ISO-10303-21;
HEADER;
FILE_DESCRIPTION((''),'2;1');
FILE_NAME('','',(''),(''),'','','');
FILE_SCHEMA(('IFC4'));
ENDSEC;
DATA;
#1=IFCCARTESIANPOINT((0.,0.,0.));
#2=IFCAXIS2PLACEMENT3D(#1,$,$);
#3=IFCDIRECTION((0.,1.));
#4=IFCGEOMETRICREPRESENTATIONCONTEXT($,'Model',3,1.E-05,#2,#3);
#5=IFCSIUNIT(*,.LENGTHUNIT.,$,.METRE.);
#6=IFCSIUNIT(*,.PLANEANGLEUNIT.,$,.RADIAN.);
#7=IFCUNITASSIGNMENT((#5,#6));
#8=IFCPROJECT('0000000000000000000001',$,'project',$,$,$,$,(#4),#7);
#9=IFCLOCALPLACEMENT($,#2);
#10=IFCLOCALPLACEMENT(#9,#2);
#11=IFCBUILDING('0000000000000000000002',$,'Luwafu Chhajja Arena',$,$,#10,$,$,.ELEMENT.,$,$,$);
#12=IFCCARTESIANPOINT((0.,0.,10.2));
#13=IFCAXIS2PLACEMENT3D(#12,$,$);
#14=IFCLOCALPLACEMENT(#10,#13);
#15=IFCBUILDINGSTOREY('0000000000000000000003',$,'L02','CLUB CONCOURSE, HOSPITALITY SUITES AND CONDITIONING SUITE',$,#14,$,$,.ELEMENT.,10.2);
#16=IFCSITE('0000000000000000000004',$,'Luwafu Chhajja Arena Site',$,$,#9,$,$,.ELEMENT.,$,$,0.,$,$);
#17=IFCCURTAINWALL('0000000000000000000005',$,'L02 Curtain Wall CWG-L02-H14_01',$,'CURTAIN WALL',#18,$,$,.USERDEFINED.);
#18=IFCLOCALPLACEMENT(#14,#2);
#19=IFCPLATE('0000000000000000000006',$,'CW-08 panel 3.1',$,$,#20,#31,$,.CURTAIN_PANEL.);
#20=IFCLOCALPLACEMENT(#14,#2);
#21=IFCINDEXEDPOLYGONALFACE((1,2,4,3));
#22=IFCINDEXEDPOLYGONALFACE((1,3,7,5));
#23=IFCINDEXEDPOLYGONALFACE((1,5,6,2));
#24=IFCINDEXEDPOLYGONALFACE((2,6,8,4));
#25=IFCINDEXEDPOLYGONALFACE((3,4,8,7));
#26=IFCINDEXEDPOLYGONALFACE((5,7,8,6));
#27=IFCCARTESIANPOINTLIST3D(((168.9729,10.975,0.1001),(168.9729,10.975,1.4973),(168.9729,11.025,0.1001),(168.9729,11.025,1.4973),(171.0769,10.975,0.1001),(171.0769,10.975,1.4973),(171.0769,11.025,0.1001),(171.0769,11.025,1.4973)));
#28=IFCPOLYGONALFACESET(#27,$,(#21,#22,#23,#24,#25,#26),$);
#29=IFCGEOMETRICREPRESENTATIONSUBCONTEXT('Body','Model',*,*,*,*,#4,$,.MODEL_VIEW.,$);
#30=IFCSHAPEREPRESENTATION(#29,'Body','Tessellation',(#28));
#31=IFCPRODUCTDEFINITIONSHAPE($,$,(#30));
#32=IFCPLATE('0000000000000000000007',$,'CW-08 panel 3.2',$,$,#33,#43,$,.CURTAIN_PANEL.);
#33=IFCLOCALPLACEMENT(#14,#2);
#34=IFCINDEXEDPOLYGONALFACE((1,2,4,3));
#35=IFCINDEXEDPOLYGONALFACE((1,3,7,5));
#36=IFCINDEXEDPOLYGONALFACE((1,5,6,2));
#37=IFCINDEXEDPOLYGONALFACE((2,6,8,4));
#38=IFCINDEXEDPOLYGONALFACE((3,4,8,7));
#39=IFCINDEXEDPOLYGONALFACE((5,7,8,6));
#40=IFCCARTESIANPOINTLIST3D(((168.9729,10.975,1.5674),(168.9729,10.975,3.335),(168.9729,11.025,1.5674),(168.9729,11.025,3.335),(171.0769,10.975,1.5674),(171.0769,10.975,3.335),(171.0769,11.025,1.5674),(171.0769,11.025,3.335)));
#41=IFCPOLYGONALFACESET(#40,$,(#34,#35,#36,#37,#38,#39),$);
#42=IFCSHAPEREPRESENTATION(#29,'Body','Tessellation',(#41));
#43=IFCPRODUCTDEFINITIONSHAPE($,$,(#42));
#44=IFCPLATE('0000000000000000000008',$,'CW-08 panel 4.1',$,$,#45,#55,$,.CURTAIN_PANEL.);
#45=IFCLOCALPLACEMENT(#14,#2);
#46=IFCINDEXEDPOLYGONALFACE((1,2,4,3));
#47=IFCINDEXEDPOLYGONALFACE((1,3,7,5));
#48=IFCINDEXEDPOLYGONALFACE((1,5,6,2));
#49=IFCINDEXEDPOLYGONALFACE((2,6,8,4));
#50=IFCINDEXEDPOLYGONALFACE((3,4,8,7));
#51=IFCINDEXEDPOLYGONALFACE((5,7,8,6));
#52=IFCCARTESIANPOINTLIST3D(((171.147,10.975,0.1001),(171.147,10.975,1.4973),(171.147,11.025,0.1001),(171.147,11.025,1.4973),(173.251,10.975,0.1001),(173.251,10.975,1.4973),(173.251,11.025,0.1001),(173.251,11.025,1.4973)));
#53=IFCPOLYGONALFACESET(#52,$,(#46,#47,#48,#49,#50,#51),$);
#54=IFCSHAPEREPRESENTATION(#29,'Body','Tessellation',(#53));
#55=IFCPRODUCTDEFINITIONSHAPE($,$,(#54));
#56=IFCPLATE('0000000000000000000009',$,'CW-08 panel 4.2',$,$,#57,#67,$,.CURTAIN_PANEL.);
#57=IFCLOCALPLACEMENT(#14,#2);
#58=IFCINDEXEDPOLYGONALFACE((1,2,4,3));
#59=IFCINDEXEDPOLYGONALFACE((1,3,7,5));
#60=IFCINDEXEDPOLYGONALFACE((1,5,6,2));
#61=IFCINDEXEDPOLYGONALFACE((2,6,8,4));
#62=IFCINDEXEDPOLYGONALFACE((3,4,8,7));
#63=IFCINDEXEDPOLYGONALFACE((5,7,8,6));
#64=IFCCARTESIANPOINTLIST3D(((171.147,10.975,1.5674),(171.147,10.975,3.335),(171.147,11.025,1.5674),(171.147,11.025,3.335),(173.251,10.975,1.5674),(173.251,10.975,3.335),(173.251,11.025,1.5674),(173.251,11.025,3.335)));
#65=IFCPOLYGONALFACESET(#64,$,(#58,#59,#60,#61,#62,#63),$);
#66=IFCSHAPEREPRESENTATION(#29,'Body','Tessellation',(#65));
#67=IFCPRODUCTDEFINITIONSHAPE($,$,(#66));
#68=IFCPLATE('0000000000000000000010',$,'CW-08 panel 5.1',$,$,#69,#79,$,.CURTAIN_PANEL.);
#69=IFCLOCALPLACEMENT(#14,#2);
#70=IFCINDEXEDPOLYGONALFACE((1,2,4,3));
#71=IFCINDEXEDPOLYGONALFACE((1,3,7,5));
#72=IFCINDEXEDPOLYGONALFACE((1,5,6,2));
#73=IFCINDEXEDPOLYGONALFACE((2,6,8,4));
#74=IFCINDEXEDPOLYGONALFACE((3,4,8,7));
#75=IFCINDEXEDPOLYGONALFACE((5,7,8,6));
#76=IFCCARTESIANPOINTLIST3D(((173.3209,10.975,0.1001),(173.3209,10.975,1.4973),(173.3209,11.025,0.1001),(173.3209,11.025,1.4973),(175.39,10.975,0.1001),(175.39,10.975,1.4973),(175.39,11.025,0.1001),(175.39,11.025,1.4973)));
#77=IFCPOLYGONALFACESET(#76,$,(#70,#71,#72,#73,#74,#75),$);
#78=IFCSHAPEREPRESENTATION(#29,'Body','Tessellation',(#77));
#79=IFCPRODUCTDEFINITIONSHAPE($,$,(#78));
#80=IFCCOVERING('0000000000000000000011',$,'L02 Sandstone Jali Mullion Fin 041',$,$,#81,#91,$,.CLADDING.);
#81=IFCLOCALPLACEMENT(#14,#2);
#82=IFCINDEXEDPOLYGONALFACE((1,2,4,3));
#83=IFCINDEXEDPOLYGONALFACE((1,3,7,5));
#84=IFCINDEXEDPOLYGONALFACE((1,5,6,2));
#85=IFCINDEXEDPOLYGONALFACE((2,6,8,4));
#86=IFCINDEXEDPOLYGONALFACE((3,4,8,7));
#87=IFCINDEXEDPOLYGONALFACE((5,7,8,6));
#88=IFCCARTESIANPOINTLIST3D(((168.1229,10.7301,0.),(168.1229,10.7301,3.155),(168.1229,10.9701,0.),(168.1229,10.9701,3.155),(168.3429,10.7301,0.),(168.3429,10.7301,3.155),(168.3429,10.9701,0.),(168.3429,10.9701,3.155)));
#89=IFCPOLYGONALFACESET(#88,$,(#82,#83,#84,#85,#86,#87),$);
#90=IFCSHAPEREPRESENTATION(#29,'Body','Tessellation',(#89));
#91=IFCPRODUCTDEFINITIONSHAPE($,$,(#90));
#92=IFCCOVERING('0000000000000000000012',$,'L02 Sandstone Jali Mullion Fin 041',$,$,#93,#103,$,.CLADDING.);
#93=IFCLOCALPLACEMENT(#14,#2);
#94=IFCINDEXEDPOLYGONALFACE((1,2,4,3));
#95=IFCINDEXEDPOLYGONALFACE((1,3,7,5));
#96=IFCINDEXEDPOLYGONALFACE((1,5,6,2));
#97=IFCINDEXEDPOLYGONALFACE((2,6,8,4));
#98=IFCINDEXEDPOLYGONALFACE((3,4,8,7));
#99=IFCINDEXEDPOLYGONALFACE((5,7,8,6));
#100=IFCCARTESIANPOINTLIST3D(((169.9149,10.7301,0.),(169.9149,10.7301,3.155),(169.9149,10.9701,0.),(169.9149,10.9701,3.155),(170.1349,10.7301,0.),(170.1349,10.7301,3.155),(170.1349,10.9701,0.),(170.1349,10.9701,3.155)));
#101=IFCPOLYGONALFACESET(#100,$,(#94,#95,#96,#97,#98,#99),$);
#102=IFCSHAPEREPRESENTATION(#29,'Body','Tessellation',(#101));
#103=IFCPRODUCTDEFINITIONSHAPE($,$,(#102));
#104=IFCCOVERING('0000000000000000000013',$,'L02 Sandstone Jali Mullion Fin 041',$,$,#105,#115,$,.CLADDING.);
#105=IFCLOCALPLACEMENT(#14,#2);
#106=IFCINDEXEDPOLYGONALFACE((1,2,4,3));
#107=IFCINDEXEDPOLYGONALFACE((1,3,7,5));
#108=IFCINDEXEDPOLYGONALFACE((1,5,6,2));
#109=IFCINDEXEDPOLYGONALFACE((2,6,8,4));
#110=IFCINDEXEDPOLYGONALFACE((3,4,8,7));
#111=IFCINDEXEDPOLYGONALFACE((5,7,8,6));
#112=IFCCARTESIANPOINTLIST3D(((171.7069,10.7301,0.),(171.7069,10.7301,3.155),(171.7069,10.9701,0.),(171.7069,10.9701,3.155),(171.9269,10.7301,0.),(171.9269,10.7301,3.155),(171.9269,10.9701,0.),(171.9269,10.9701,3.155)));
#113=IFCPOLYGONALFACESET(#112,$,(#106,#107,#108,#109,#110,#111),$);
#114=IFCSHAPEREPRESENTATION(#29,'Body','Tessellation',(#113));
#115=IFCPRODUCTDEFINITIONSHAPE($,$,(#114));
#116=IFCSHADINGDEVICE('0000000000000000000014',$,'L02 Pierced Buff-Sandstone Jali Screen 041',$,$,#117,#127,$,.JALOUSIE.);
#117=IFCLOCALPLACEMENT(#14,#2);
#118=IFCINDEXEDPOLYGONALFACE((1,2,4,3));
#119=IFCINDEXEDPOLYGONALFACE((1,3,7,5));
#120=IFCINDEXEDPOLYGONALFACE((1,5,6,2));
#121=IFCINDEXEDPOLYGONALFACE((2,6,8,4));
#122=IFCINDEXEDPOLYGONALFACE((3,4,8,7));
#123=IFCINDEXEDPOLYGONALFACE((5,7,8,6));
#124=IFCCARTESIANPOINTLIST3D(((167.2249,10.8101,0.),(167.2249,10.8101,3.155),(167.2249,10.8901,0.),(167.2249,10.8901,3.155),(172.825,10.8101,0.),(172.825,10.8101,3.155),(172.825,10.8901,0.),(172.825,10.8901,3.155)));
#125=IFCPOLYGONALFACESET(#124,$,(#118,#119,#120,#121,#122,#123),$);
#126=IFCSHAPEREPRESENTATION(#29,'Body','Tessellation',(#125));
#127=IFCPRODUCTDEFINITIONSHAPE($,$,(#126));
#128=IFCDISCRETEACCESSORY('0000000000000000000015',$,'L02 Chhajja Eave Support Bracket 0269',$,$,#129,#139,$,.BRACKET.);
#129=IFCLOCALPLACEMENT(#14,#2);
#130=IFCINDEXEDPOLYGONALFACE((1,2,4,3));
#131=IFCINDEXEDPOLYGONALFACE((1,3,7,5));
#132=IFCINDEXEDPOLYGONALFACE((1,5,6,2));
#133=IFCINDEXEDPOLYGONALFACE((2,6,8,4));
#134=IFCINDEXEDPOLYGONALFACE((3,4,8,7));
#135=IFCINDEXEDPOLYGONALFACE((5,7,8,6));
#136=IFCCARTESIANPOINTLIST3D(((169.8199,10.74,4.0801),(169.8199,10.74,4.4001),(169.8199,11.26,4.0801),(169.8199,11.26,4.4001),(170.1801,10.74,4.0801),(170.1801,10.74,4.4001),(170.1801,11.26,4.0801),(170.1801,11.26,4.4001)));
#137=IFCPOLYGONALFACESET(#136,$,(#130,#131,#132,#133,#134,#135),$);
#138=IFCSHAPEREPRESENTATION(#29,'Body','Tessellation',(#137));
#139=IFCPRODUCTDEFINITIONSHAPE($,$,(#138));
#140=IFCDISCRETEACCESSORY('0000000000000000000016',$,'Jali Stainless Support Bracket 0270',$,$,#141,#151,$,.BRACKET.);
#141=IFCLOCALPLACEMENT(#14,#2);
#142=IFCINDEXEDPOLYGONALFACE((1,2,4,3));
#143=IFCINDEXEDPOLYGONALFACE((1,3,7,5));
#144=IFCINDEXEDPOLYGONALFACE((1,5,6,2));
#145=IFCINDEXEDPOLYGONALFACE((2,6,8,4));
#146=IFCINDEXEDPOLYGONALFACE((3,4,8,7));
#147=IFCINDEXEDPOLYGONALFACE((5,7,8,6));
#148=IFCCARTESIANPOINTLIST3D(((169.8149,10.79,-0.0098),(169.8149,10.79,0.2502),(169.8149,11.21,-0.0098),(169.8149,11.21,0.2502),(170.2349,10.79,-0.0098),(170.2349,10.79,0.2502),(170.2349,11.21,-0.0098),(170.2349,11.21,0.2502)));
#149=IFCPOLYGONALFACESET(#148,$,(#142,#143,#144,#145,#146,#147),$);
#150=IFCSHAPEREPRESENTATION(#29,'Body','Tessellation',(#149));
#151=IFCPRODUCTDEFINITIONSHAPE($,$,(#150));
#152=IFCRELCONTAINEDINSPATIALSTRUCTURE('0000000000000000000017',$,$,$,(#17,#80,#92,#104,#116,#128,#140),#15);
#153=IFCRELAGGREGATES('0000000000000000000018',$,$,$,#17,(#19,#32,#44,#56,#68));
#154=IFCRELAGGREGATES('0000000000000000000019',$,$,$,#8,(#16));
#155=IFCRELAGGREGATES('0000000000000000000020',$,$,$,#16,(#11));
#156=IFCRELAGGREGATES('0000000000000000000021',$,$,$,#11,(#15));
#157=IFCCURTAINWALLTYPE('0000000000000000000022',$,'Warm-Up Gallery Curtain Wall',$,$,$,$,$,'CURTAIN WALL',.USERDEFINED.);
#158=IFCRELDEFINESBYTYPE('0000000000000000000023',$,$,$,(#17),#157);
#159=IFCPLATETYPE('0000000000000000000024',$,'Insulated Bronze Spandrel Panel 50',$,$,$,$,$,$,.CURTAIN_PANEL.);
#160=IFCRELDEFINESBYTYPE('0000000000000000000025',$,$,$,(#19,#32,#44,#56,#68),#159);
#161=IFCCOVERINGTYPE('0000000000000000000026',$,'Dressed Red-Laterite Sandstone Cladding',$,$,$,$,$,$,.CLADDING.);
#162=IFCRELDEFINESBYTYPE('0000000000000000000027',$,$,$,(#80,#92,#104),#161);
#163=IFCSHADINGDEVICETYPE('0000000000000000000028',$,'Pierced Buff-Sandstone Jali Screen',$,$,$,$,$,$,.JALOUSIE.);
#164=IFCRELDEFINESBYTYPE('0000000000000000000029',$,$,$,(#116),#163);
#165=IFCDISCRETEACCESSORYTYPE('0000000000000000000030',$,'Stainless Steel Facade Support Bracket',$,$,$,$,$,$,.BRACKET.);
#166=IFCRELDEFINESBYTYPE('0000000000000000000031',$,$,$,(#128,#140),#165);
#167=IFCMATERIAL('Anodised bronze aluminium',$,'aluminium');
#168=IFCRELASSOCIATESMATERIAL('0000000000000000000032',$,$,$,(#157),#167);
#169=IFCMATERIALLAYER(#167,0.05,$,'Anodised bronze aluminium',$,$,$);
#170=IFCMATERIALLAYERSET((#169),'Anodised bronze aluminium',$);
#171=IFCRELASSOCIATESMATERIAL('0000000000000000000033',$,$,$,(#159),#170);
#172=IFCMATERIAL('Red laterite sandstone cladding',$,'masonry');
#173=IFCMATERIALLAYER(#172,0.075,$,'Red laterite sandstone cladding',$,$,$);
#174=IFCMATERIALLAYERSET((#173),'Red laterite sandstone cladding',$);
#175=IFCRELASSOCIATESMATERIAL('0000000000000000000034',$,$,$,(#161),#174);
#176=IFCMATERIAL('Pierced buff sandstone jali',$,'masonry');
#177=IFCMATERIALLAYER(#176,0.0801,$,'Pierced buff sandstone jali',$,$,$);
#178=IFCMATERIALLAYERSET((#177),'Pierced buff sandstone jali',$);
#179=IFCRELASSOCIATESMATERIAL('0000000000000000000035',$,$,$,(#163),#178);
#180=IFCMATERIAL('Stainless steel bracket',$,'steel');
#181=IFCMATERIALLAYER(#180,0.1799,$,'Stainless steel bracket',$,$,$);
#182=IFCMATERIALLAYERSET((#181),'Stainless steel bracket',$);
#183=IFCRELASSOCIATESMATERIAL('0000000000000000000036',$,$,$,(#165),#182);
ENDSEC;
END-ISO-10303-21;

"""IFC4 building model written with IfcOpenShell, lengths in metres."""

from ifc_helpers import new_model, si_unit, direction, frame, origin, origin_2d, place, context, subcontext, project, spatial, rectangle, extrude, material, layer, layer_set, type_object, element, aggregate, save


model = new_model("IFC4")

# Units and contexts
model_context = context("Model", 3, precision=1e-05, world=origin(), true_north=direction((0.0, 1.0)))
body_context = subcontext(model_context, "Body", "Model", "MODEL_VIEW")
ifc_project = project(units=[si_unit("LENGTHUNIT", "METRE"), si_unit("PLANEANGLEUNIT", "RADIAN")], contexts=[model_context])

# Site, building, storey
site_placement = place(None, origin())
site = spatial("IfcSite", under=ifc_project, at=site_placement, Name="Luwafu Chhajja Arena Site", CompositionType="ELEMENT", RefElevation=0.0)
building_placement = place(site_placement, origin())
building = spatial("IfcBuilding", under=site, at=building_placement, Name="Luwafu Chhajja Arena", CompositionType="ELEMENT")
storey_placement = place(building_placement, frame((0.0, 0.0, 10.2)))
storey = spatial("IfcBuildingStorey", under=building, at=storey_placement, Name="L02", Description="CLUB CONCOURSE, HOSPITALITY SUITES AND CONDITIONING SUITE", CompositionType="ELEMENT", Elevation=10.2)

# Curtain wall, plates
ifc_material_1 = material(Name="Anodised bronze aluminium", Category="aluminium")
curtain_wall_type = type_object("IfcCurtainWallType", Name="Warm-Up Gallery Curtain Wall", ElementType="CURTAIN WALL", PredefinedType="USERDEFINED", material=ifc_material_1)
curtain_wall_placement = place(storey_placement, origin())
curtain_wall = element("IfcCurtainWall", 1, at=curtain_wall_placement, inside=storey, type_object=curtain_wall_type, Name="L02 Curtain Wall CWG-L02-H14_01", ObjectType="CURTAIN WALL", PredefinedType="USERDEFINED")
ifc_layer_1 = layer(ifc_material_1, 0.05, Name="Anodised bronze aluminium")
ifc_layer_set_1 = layer_set([ifc_layer_1], Name="Anodised bronze aluminium")
plate_type = type_object("IfcPlateType", Name="Insulated Bronze Spandrel Panel 50", PredefinedType="CURTAIN_PANEL", material=ifc_layer_set_1)
plate_1_placement = place(storey_placement, frame((170.0249, 11.0, 0.1001), z_axis=(0.0, 0.0, 1.0), x_axis=(1.0, 0.0, 0.0)))
plate_1 = element("IfcPlate", 2, at=plate_1_placement, type_object=plate_type, Name="CW-08 panel 3.1", PredefinedType="CURTAIN_PANEL", context=body_context, shape_type="SweptSolid", body=[
    extrude(rectangle(XDim=2.104, YDim=0.05, at=origin_2d()), origin(), (0.0, 0.0, 1.0), 1.3972),
])
plate_2_placement = place(storey_placement, frame((170.0249, 11.0, 1.5674), z_axis=(0.0, 0.0, 1.0), x_axis=(1.0, 0.0, 0.0)))
plate_2 = element("IfcPlate", 3, at=plate_2_placement, type_object=plate_type, Name="CW-08 panel 3.2", PredefinedType="CURTAIN_PANEL", context=body_context, shape_type="SweptSolid", body=[
    extrude(rectangle(XDim=2.104, YDim=0.05, at=origin_2d()), origin(), (0.0, 0.0, 1.0), 1.7676),
])
plate_3_placement = place(storey_placement, frame((172.199, 11.0, 0.1001), z_axis=(0.0, 0.0, 1.0), x_axis=(1.0, 0.0, 0.0)))
plate_3 = element("IfcPlate", 4, at=plate_3_placement, type_object=plate_type, Name="CW-08 panel 4.1", PredefinedType="CURTAIN_PANEL", context=body_context, shape_type="SweptSolid", body=[
    extrude(rectangle(XDim=2.104, YDim=0.05, at=origin_2d()), origin(), (0.0, 0.0, 1.0), 1.3972),
])
plate_4_placement = place(storey_placement, frame((172.199, 11.0, 1.5674), z_axis=(0.0, 0.0, 1.0), x_axis=(1.0, 0.0, 0.0)))
plate_4 = element("IfcPlate", 5, at=plate_4_placement, type_object=plate_type, Name="CW-08 panel 4.2", PredefinedType="CURTAIN_PANEL", context=body_context, shape_type="SweptSolid", body=[
    extrude(rectangle(XDim=2.104, YDim=0.05, at=origin_2d()), origin(), (0.0, 0.0, 1.0), 1.7676),
])
plate_5_placement = place(storey_placement, frame((174.3555, 11.0, 0.1001), z_axis=(0.0, 0.0, 1.0), x_axis=(1.0, 0.0, 0.0)))
plate_5 = element("IfcPlate", 6, at=plate_5_placement, type_object=plate_type, Name="CW-08 panel 5.1", PredefinedType="CURTAIN_PANEL", context=body_context, shape_type="SweptSolid", body=[
    extrude(rectangle(XDim=2.0691, YDim=0.05, at=origin_2d()), origin(), (0.0, 0.0, 1.0), 1.3972),
])
aggregate(curtain_wall, [plate_1, plate_2, plate_3, plate_4, plate_5])

# Coverings
ifc_material_2 = material(Name="Red laterite sandstone cladding", Category="masonry")
ifc_layer_2 = layer(ifc_material_2, 0.075, Name="Red laterite sandstone cladding")
ifc_layer_set_2 = layer_set([ifc_layer_2], Name="Red laterite sandstone cladding")
covering_type = type_object("IfcCoveringType", Name="Dressed Red-Laterite Sandstone Cladding", PredefinedType="CLADDING", material=ifc_layer_set_2)
for number, where, z_axis, x_axis, name in (
    (7, (168.2329, 10.8501, 0.0), (0.0, 0.0, 1.0), (1.0, 0.0, 0.0), "L02 Sandstone Jali Mullion Fin 041"),
    (8, (170.0249, 10.8501, 0.0), (0.0, 0.0, 1.0), (1.0, 0.0, 0.0), "L02 Sandstone Jali Mullion Fin 041"),
    (9, (171.8169, 10.8501, 0.0), (0.0, 0.0, 1.0), (1.0, 0.0, 0.0), "L02 Sandstone Jali Mullion Fin 041"),
):
    element("IfcCovering", number, at=place(storey_placement, frame(where, z_axis=z_axis, x_axis=x_axis)), inside=storey, type_object=covering_type, Name=name, PredefinedType="CLADDING", context=body_context, shape_type="SweptSolid", body=[
        extrude(rectangle(XDim=0.22, YDim=0.24, at=origin_2d()), origin(), (0.0, 0.0, 1.0), 3.155),
    ])

# Shading device
ifc_material_3 = material(Name="Pierced buff sandstone jali", Category="masonry")
ifc_layer_3 = layer(ifc_material_3, 0.0801, Name="Pierced buff sandstone jali")
ifc_layer_set_3 = layer_set([ifc_layer_3], Name="Pierced buff sandstone jali")
shading_device_type = type_object("IfcShadingDeviceType", Name="Pierced Buff-Sandstone Jali Screen", PredefinedType="JALOUSIE", material=ifc_layer_set_3)
shading_device_placement = place(storey_placement, frame((170.0249, 10.8501, 0.0), z_axis=(0.0, 0.0, 1.0), x_axis=(1.0, 0.0, 0.0)))
element("IfcShadingDevice", 10, at=shading_device_placement, inside=storey, type_object=shading_device_type, Name="L02 Pierced Buff-Sandstone Jali Screen 041", PredefinedType="JALOUSIE", context=body_context, shape_type="SweptSolid", body=[
    extrude(rectangle(XDim=5.6001, YDim=0.0801, at=origin_2d()), origin(), (0.0, 0.0, 1.0), 3.155),
])

# Discrete accessories
ifc_material_4 = material(Name="Stainless steel bracket", Category="steel")
ifc_layer_4 = layer(ifc_material_4, 0.1799, Name="Stainless steel bracket")
ifc_layer_set_4 = layer_set([ifc_layer_4], Name="Stainless steel bracket")
discrete_accessory_type = type_object("IfcDiscreteAccessoryType", Name="Stainless Steel Facade Support Bracket", PredefinedType="BRACKET", material=ifc_layer_set_4)
discrete_accessory_1_placement = place(storey_placement, frame((170.0, 11.0, 4.0801), z_axis=(0.0, 0.0, 1.0), x_axis=(1.0, 0.0, 0.0)))
element("IfcDiscreteAccessory", 11, at=discrete_accessory_1_placement, inside=storey, type_object=discrete_accessory_type, Name="L02 Chhajja Eave Support Bracket 0269", PredefinedType="BRACKET", context=body_context, shape_type="SweptSolid", body=[
    extrude(rectangle(XDim=0.3601, YDim=0.52, at=origin_2d()), origin(), (0.0, 0.0, 1.0), 0.3201),
])
discrete_accessory_2_placement = place(storey_placement, frame((170.0249, 11.0, -0.0098), z_axis=(0.0, 0.0, 1.0), x_axis=(1.0, 0.0, 0.0)))
element("IfcDiscreteAccessory", 12, at=discrete_accessory_2_placement, inside=storey, type_object=discrete_accessory_type, Name="Jali Stainless Support Bracket 0270", PredefinedType="BRACKET", context=body_context, shape_type="SweptSolid", body=[
    extrude(rectangle(XDim=0.4199, YDim=0.4199, at=origin_2d()), origin(), (0.0, 0.0, 1.0), 0.26),
])

save(model, "model.ifc")
